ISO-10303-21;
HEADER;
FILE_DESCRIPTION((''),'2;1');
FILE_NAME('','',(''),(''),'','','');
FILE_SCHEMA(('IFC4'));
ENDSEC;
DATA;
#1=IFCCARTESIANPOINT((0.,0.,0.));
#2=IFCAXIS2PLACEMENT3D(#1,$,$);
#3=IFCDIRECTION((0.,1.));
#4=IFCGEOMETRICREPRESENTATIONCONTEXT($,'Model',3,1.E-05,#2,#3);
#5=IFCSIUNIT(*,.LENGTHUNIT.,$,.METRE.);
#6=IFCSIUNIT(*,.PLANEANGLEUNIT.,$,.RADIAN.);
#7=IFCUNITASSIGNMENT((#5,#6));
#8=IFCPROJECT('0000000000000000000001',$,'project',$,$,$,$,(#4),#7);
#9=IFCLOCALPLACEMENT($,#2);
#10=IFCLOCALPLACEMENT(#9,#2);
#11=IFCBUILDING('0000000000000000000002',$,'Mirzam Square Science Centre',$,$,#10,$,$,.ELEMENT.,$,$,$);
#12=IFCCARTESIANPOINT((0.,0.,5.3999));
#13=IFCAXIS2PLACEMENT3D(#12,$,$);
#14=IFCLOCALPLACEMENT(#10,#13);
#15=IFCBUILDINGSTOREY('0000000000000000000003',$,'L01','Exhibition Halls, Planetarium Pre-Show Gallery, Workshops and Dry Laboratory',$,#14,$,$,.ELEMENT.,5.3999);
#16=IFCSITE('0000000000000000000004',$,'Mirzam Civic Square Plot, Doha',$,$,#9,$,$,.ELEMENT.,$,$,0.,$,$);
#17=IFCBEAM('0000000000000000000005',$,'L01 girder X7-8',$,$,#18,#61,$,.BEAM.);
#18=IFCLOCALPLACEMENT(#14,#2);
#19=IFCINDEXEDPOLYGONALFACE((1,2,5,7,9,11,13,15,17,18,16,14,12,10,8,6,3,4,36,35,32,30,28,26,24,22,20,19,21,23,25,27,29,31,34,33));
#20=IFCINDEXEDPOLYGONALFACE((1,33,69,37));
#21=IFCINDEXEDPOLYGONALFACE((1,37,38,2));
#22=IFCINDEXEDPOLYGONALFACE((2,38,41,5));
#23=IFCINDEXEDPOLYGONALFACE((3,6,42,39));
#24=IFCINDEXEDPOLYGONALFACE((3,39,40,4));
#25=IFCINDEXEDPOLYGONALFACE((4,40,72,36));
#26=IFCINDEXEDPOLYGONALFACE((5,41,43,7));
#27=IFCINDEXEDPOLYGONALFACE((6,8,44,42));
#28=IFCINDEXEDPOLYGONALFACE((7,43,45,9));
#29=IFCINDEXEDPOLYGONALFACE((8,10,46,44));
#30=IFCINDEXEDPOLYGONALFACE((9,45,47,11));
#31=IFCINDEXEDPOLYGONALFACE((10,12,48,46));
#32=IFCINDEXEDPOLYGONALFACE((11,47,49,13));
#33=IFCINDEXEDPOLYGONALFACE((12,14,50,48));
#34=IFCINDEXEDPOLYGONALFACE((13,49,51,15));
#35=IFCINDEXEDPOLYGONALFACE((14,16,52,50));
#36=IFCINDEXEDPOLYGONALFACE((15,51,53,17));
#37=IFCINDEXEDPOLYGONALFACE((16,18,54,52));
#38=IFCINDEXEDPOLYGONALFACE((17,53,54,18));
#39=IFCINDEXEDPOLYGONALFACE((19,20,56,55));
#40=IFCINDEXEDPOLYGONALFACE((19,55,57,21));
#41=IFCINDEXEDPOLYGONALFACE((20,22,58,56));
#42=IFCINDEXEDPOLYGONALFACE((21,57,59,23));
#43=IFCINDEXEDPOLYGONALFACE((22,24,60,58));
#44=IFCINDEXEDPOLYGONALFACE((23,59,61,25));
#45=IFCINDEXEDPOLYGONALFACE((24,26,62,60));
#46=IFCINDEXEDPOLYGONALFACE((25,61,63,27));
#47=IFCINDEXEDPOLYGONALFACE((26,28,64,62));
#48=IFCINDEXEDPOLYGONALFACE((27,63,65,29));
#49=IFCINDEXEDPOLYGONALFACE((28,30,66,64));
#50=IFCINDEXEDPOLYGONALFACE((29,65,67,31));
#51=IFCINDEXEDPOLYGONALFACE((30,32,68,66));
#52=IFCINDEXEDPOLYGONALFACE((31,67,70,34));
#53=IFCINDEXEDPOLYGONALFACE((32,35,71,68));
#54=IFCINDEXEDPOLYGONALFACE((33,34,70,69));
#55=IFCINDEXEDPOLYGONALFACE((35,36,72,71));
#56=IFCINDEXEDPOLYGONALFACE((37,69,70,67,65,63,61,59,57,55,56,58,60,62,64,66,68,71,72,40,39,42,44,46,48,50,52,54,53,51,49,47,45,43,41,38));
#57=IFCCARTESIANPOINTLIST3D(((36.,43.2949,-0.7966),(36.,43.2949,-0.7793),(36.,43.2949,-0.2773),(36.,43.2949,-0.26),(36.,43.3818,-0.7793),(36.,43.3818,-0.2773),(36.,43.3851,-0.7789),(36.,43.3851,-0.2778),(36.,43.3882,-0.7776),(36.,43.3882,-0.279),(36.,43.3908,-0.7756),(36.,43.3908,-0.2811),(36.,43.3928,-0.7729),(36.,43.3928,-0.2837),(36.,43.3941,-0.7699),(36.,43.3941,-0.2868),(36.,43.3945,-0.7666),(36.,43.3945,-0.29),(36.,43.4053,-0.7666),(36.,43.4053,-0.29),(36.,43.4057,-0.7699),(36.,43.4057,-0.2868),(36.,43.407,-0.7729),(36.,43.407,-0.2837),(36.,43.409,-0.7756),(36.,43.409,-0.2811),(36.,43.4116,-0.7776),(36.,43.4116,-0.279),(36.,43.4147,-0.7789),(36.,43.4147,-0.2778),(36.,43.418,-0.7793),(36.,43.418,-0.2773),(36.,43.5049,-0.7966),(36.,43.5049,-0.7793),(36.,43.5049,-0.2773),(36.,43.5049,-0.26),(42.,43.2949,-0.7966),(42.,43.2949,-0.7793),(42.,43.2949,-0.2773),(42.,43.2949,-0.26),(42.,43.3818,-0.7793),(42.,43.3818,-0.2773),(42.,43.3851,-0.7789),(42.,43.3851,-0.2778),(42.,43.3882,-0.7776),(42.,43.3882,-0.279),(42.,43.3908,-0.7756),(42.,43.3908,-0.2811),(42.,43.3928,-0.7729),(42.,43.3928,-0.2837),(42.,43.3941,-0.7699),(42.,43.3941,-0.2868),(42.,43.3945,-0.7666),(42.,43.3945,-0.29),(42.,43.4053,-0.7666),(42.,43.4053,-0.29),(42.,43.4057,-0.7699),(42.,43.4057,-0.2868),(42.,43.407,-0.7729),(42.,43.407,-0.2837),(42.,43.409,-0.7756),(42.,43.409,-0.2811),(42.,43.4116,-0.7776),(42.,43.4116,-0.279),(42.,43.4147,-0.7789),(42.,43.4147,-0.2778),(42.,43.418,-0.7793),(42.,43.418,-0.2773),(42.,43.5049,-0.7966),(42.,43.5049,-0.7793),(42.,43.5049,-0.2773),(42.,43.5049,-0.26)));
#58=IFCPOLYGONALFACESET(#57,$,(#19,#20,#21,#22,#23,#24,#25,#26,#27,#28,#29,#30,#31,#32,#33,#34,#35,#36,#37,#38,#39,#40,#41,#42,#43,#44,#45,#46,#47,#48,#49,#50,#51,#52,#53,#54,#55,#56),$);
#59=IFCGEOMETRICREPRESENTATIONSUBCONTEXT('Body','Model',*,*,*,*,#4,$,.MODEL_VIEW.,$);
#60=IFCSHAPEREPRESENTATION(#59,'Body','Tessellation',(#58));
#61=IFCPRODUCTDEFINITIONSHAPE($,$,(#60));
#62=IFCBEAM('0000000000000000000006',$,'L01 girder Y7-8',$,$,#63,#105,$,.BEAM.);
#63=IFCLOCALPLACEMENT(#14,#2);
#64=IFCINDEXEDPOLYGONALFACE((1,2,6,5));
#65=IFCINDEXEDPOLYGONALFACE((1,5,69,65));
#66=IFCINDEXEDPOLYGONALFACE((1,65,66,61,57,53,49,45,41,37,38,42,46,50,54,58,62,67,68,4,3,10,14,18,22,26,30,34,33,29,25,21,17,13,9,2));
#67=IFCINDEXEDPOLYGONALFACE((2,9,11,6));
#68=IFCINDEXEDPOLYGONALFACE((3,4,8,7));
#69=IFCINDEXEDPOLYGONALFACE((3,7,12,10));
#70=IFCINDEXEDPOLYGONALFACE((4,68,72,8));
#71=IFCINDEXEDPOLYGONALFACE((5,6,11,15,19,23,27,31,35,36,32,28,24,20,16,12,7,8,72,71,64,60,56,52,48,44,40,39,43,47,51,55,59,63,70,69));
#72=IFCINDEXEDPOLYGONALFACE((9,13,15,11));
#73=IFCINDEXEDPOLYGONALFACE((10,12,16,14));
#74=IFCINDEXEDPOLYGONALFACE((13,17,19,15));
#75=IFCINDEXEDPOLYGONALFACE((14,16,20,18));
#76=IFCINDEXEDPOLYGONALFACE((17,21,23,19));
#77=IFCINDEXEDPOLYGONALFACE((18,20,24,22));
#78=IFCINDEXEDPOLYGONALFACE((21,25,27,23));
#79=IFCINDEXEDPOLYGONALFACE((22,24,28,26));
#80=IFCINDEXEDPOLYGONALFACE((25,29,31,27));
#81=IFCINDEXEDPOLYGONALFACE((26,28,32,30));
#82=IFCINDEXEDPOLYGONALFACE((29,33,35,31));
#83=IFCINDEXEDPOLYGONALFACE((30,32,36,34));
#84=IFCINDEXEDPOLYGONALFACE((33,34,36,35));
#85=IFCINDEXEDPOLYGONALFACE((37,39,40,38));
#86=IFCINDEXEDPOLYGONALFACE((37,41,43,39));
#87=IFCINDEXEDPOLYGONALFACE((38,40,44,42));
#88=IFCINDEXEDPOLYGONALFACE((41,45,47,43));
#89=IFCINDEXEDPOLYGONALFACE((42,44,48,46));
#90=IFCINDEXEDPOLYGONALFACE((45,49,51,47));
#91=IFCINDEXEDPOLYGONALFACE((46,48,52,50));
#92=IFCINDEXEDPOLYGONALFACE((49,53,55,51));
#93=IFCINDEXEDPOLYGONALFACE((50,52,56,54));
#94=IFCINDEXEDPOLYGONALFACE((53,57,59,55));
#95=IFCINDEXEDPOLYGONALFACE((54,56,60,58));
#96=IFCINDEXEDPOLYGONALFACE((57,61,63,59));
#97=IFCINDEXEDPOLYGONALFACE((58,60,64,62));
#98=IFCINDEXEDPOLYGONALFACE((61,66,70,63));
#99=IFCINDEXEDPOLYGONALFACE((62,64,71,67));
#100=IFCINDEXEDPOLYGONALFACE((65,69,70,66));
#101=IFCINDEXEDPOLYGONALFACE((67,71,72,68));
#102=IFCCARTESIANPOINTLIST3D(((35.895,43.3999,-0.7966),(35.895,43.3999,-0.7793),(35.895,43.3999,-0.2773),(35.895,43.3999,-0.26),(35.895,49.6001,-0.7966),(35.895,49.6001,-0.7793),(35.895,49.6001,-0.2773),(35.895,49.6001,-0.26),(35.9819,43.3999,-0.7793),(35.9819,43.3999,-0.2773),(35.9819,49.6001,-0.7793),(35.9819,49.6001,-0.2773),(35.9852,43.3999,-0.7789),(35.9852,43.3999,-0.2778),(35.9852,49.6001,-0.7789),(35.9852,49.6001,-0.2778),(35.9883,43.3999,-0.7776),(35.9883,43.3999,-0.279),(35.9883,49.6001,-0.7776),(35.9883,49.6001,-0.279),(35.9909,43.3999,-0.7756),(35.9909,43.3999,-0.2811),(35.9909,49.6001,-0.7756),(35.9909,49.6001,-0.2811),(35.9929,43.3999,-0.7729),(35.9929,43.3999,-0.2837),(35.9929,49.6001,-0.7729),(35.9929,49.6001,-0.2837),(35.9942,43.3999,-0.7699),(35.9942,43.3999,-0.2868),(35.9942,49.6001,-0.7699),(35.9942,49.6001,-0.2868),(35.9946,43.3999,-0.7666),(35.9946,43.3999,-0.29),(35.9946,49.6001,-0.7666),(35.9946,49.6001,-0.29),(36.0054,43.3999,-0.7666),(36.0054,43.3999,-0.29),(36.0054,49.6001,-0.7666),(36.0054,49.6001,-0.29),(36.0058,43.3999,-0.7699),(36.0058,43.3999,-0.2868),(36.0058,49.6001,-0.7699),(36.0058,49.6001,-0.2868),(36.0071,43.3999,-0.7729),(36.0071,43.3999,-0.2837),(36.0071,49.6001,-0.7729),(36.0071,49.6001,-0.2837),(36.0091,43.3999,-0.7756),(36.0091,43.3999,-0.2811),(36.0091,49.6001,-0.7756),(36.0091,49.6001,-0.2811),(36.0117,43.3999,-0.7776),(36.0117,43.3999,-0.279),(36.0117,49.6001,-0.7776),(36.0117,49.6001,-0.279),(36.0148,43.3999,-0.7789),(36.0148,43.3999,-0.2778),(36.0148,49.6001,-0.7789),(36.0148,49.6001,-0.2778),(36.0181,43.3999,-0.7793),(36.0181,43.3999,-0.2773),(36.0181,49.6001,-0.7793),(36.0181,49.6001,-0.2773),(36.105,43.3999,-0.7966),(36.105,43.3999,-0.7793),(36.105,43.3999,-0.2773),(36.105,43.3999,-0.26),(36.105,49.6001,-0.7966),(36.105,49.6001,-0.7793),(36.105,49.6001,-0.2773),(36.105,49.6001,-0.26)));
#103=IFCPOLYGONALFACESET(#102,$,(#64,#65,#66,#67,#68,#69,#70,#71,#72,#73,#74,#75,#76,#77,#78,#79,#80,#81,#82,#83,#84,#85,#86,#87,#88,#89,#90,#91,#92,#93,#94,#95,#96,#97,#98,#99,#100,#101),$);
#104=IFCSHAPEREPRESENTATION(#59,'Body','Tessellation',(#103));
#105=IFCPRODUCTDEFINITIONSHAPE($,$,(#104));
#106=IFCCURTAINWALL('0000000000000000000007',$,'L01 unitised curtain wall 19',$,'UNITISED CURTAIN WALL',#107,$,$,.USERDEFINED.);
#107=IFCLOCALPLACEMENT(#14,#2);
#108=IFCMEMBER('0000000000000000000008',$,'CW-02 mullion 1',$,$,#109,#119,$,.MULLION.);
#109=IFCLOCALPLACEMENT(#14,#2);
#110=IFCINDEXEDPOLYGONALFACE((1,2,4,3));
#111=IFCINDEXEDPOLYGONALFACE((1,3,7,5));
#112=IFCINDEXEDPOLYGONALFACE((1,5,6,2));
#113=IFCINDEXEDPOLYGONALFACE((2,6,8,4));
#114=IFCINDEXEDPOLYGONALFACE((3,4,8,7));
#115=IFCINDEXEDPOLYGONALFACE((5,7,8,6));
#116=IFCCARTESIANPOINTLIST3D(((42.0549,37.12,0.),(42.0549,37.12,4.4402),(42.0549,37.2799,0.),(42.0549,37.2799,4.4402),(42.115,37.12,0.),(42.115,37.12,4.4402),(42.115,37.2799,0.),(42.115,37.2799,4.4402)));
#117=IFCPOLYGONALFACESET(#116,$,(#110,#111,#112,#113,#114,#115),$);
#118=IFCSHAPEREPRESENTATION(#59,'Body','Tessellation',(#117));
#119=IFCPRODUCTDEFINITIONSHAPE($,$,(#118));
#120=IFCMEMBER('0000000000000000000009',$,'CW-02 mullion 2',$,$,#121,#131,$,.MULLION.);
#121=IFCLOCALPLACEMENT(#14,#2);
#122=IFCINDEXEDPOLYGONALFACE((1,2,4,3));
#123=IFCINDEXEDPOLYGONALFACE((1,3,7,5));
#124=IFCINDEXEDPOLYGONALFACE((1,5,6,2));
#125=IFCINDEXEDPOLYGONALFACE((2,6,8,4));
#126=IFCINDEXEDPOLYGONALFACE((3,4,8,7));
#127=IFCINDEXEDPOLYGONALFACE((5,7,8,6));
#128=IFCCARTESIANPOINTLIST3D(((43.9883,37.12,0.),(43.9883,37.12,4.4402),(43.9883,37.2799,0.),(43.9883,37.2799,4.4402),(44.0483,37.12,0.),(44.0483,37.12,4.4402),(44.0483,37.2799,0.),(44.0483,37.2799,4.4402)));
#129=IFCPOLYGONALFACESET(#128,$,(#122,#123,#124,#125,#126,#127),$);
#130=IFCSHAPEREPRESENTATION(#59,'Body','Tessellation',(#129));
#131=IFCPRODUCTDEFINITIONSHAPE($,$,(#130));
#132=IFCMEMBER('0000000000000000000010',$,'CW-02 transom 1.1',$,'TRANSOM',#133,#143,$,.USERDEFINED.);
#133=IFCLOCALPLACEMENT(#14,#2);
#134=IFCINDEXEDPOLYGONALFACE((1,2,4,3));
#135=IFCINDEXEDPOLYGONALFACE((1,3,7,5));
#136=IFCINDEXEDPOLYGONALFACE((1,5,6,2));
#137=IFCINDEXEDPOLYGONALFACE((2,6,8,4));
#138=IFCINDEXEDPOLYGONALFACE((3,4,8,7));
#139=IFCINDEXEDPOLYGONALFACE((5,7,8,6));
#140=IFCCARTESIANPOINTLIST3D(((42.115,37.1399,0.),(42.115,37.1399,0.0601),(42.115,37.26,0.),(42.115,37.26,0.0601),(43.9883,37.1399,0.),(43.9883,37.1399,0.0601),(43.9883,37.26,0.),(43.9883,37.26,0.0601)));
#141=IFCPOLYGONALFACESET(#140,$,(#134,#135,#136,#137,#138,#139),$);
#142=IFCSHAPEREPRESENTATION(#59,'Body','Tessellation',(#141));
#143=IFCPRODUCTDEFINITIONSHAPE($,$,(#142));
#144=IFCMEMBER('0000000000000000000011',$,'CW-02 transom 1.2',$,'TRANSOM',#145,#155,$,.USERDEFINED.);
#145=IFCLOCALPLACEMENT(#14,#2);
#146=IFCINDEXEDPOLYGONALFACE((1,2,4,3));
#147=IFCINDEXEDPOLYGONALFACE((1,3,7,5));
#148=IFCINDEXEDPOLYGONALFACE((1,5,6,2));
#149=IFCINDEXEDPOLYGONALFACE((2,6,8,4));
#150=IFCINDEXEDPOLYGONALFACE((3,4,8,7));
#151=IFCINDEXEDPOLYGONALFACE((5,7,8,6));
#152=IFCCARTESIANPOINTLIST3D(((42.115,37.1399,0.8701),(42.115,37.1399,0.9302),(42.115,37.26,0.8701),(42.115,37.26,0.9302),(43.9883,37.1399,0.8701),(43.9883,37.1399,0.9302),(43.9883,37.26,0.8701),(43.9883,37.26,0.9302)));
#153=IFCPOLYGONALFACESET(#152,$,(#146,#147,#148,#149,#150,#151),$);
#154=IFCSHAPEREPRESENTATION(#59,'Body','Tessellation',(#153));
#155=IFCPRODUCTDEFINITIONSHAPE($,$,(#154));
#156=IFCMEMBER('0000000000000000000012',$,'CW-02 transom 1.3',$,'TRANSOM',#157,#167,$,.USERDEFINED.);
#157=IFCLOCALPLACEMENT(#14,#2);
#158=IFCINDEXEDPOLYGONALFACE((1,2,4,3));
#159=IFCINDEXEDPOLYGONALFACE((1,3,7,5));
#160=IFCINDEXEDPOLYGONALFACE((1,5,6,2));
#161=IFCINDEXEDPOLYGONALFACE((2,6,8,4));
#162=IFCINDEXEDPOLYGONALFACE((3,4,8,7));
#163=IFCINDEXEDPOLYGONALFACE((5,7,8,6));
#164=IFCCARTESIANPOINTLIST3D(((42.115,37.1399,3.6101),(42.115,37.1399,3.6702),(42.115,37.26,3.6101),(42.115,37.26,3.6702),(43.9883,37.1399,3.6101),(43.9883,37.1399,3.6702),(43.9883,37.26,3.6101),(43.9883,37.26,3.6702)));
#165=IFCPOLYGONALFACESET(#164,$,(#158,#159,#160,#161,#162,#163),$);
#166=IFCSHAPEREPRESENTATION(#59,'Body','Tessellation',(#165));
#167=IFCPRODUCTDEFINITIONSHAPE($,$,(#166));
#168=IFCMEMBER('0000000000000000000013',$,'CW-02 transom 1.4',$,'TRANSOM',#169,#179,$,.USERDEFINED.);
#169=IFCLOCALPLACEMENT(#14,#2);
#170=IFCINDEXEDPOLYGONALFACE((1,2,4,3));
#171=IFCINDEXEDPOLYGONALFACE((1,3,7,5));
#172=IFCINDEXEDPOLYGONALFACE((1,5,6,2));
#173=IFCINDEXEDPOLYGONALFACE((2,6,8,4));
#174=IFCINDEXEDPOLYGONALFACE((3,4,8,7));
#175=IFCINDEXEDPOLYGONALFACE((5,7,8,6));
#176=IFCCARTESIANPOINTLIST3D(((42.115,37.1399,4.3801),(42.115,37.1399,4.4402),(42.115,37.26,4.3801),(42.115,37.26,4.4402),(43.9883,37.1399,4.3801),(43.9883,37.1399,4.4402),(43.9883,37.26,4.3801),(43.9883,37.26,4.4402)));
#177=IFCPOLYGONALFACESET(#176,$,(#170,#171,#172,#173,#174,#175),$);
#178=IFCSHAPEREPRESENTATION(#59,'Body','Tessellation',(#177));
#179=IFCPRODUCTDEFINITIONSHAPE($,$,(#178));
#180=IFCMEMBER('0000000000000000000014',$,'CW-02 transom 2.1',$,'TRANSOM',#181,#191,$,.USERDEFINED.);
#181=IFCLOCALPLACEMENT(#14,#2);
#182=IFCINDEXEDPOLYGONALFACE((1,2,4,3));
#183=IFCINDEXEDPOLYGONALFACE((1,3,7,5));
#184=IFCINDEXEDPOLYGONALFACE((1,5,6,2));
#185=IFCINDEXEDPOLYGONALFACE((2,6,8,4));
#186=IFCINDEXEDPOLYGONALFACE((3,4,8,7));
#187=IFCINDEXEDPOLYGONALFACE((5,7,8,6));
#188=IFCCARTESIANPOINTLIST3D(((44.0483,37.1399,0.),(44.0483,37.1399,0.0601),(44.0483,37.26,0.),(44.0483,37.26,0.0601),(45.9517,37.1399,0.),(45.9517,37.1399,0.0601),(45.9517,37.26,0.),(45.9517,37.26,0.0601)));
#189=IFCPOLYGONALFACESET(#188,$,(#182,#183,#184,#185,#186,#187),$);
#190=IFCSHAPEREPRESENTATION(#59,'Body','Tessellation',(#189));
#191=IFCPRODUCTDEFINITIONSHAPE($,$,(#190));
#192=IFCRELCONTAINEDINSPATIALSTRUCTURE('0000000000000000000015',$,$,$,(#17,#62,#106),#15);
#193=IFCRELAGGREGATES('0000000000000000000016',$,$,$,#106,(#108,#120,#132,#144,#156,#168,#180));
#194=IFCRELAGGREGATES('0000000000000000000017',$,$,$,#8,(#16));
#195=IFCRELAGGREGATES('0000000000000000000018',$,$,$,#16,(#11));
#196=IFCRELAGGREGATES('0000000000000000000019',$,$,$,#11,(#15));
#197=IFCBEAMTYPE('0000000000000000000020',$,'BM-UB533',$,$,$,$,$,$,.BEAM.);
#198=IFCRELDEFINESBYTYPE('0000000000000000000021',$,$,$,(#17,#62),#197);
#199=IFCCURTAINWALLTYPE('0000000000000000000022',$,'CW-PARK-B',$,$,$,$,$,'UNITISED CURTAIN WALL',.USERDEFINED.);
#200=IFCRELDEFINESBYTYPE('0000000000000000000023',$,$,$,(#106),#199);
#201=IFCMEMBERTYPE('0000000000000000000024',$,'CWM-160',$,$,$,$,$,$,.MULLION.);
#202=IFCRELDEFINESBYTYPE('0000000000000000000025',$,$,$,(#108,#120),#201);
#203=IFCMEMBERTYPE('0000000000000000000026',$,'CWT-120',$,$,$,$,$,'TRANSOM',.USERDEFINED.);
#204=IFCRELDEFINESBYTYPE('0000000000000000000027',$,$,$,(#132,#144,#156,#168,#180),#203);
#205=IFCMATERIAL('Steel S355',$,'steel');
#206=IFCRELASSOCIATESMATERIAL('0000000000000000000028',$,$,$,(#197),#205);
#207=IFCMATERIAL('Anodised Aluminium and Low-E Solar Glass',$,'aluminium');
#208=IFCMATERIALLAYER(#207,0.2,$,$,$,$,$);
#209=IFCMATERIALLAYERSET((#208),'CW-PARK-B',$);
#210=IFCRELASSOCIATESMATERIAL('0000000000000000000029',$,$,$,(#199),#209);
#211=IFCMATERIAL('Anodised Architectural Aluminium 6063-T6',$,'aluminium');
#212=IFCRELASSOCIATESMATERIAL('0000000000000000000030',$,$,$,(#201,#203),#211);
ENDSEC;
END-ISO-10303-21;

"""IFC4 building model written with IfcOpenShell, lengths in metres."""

from ifc_helpers import new_model, si_unit, direction, frame, origin, origin_2d, place, context, subcontext, project, spatial, rectangle, i_section, extrude, material, layer, layer_set, material_profile, profile_set, type_object, element, aggregate, save


model = new_model("IFC4")

# Units and contexts
model_context = context("Model", 3, precision=1e-05, world=origin(), true_north=direction((0.0, 1.0)))
body_context = subcontext(model_context, "Body", "Model", "MODEL_VIEW")
ifc_project = project(units=[si_unit("LENGTHUNIT", "METRE"), si_unit("PLANEANGLEUNIT", "RADIAN")], contexts=[model_context])

# Site, building, storey
site_placement = place(None, origin())
site = spatial("IfcSite", under=ifc_project, at=site_placement, Name="Mirzam Civic Square Plot, Doha", CompositionType="ELEMENT", RefElevation=0.0)
building_placement = place(site_placement, origin())
building = spatial("IfcBuilding", under=site, at=building_placement, Name="Mirzam Square Science Centre", CompositionType="ELEMENT")
storey_placement = place(building_placement, frame((0.0, 0.0, 5.3999)))
storey = spatial("IfcBuildingStorey", under=building, at=storey_placement, Name="L01", Description="Exhibition Halls, Planetarium Pre-Show Gallery, Workshops and Dry Laboratory", CompositionType="ELEMENT", Elevation=5.3999)

# Shared definitions
ifc_material_1 = material(Name="Steel S355", Category="steel")

# Beams
ifc_material_profile_1 = material_profile(ifc_material_1, i_section(OverallWidth=0.21, OverallDepth=0.5366, WebThickness=0.0107, FlangeThickness=0.0173, FilletRadius=0.0127, at=origin_2d()), Name="533x210x101UB")
ifc_profile_set_1 = profile_set([ifc_material_profile_1], Name="Steel S355")
beam_type_1 = type_object("IfcBeamType", Name="BM-UB533", PredefinedType="BEAM", material=ifc_profile_set_1)
beam_1_placement = place(storey_placement, frame((36.0, 43.3999, -0.5283), z_axis=(1.0, 0.0, 0.0), x_axis=(0.0, 1.0, 0.0)))
element("IfcBeam", 1, at=beam_1_placement, inside=storey, type_object=beam_type_1, Name="L01 girder X7-8", PredefinedType="BEAM", context=body_context, shape_type="SweptSolid", body=[
    extrude(i_section(OverallWidth=0.21, OverallDepth=0.5366, WebThickness=0.0107, FlangeThickness=0.0173, FilletRadius=0.0127, at=origin_2d()), origin(), (0.0, 0.0, 1.0), 6.0),
])
beam_2_placement = place(storey_placement, frame((36.0, 43.3999, -0.5283), z_axis=(0.0, 1.0, 0.0), x_axis=(-1.0, 0.0, 0.0)))
element("IfcBeam", 2, at=beam_2_placement, inside=storey, type_object=beam_type_1, Name="L01 girder Y7-8", PredefinedType="BEAM", context=body_context, shape_type="SweptSolid", body=[
    extrude(i_section(OverallWidth=0.21, OverallDepth=0.5366, WebThickness=0.0107, FlangeThickness=0.0173, FilletRadius=0.0127, at=origin_2d()), origin(), (0.0, 0.0, 1.0), 6.2002),
])

# Curtain wall, members
ifc_material_2 = material(Name="Anodised Aluminium and Low-E Solar Glass", Category="aluminium")
ifc_layer_1 = layer(ifc_material_2, 0.2)
ifc_layer_set_1 = layer_set([ifc_layer_1], Name="CW-PARK-B")
curtain_wall_type = type_object("IfcCurtainWallType", Name="CW-PARK-B", ElementType="UNITISED CURTAIN WALL", PredefinedType="USERDEFINED", material=ifc_layer_set_1)
curtain_wall_placement = place(storey_placement, origin())
curtain_wall = element("IfcCurtainWall", 3, at=curtain_wall_placement, inside=storey, type_object=curtain_wall_type, Name="L01 unitised curtain wall 19", ObjectType="UNITISED CURTAIN WALL", PredefinedType="USERDEFINED")
ifc_material_3 = material(Name="Anodised Architectural Aluminium 6063-T6", Category="aluminium")
ifc_material_profile_2 = material_profile(ifc_material_3, rectangle(XDim=0.0601, YDim=0.1599, at=origin_2d()), Name="ALU-MULL-160x60x4")
ifc_profile_set_2 = profile_set([ifc_material_profile_2], Name="Anodised Architectural Aluminium 6063-T6")
member_type_1 = type_object("IfcMemberType", Name="CWM-160", PredefinedType="MULLION", material=ifc_profile_set_2)
member_1_placement = place(storey_placement, frame((42.085, 37.2, 0.0), z_axis=(0.0, 0.0, 1.0), x_axis=(1.0, 0.0, 0.0)))
member_1 = element("IfcMember", 4, at=member_1_placement, type_object=member_type_1, Name="CW-02 mullion 1", PredefinedType="MULLION", context=body_context, shape_type="SweptSolid", body=[
    extrude(rectangle(XDim=0.0601, YDim=0.1599, at=origin_2d()), origin(), (0.0, 0.0, 1.0), 4.4402),
])
member_2_placement = place(storey_placement, frame((44.0183, 37.2, 0.0), z_axis=(0.0, 0.0, 1.0), x_axis=(1.0, 0.0, 0.0)))
member_2 = element("IfcMember", 5, at=member_2_placement, type_object=member_type_1, Name="CW-02 mullion 2", PredefinedType="MULLION", context=body_context, shape_type="SweptSolid", body=[
    extrude(rectangle(XDim=0.0601, YDim=0.1599, at=origin_2d()), origin(), (0.0, 0.0, 1.0), 4.4402),
])
ifc_material_profile_3 = material_profile(ifc_material_3, rectangle(XDim=0.1201, YDim=0.0601, at=origin_2d()), Name="ALU-TRAN-120x60x4")
ifc_profile_set_3 = profile_set([ifc_material_profile_3], Name="Anodised Architectural Aluminium 6063-T6")
member_type_2 = type_object("IfcMemberType", Name="CWT-120", ElementType="TRANSOM", PredefinedType="USERDEFINED", material=ifc_profile_set_3)
member_3_placement = place(storey_placement, frame((42.115, 37.2, 0.03), z_axis=(1.0, 0.0, 0.0), x_axis=(0.0, 1.0, 0.0)))
member_3 = element("IfcMember", 6, at=member_3_placement, type_object=member_type_2, Name="CW-02 transom 1.1", ObjectType="TRANSOM", PredefinedType="USERDEFINED", context=body_context, shape_type="SweptSolid", body=[
    extrude(rectangle(XDim=0.1201, YDim=0.0601, at=origin_2d()), origin(), (0.0, 0.0, 1.0), 1.8733),
])
member_4_placement = place(storey_placement, frame((42.115, 37.2, 0.9001), z_axis=(1.0, 0.0, 0.0), x_axis=(0.0, 1.0, 0.0)))
member_4 = element("IfcMember", 7, at=member_4_placement, type_object=member_type_2, Name="CW-02 transom 1.2", ObjectType="TRANSOM", PredefinedType="USERDEFINED", context=body_context, shape_type="SweptSolid", body=[
    extrude(rectangle(XDim=0.1201, YDim=0.0601, at=origin_2d()), origin(), (0.0, 0.0, 1.0), 1.8733),
])
member_5_placement = place(storey_placement, frame((42.115, 37.2, 3.6401), z_axis=(1.0, 0.0, 0.0), x_axis=(0.0, 1.0, 0.0)))
member_5 = element("IfcMember", 8, at=member_5_placement, type_object=member_type_2, Name="CW-02 transom 1.3", ObjectType="TRANSOM", PredefinedType="USERDEFINED", context=body_context, shape_type="SweptSolid", body=[
    extrude(rectangle(XDim=0.1201, YDim=0.0601, at=origin_2d()), origin(), (0.0, 0.0, 1.0), 1.8733),
])
member_6_placement = place(storey_placement, frame((42.115, 37.2, 4.4102), z_axis=(1.0, 0.0, 0.0), x_axis=(0.0, 1.0, 0.0)))
member_6 = element("IfcMember", 9, at=member_6_placement, type_object=member_type_2, Name="CW-02 transom 1.4", ObjectType="TRANSOM", PredefinedType="USERDEFINED", context=body_context, shape_type="SweptSolid", body=[
    extrude(rectangle(XDim=0.1201, YDim=0.0601, at=origin_2d()), origin(), (0.0, 0.0, 1.0), 1.8733),
])
member_7_placement = place(storey_placement, frame((44.0483, 37.2, 0.03), z_axis=(1.0, 0.0, 0.0), x_axis=(0.0, 1.0, 0.0)))
member_7 = element("IfcMember", 10, at=member_7_placement, type_object=member_type_2, Name="CW-02 transom 2.1", ObjectType="TRANSOM", PredefinedType="USERDEFINED", context=body_context, shape_type="SweptSolid", body=[
    extrude(rectangle(XDim=0.1201, YDim=0.0601, at=origin_2d()), origin(), (0.0, 0.0, 1.0), 1.9033),
])

aggregate(curtain_wall, [member_1, member_2, member_3, member_4, member_5, member_6, member_7])

save(model, "model.ifc")
